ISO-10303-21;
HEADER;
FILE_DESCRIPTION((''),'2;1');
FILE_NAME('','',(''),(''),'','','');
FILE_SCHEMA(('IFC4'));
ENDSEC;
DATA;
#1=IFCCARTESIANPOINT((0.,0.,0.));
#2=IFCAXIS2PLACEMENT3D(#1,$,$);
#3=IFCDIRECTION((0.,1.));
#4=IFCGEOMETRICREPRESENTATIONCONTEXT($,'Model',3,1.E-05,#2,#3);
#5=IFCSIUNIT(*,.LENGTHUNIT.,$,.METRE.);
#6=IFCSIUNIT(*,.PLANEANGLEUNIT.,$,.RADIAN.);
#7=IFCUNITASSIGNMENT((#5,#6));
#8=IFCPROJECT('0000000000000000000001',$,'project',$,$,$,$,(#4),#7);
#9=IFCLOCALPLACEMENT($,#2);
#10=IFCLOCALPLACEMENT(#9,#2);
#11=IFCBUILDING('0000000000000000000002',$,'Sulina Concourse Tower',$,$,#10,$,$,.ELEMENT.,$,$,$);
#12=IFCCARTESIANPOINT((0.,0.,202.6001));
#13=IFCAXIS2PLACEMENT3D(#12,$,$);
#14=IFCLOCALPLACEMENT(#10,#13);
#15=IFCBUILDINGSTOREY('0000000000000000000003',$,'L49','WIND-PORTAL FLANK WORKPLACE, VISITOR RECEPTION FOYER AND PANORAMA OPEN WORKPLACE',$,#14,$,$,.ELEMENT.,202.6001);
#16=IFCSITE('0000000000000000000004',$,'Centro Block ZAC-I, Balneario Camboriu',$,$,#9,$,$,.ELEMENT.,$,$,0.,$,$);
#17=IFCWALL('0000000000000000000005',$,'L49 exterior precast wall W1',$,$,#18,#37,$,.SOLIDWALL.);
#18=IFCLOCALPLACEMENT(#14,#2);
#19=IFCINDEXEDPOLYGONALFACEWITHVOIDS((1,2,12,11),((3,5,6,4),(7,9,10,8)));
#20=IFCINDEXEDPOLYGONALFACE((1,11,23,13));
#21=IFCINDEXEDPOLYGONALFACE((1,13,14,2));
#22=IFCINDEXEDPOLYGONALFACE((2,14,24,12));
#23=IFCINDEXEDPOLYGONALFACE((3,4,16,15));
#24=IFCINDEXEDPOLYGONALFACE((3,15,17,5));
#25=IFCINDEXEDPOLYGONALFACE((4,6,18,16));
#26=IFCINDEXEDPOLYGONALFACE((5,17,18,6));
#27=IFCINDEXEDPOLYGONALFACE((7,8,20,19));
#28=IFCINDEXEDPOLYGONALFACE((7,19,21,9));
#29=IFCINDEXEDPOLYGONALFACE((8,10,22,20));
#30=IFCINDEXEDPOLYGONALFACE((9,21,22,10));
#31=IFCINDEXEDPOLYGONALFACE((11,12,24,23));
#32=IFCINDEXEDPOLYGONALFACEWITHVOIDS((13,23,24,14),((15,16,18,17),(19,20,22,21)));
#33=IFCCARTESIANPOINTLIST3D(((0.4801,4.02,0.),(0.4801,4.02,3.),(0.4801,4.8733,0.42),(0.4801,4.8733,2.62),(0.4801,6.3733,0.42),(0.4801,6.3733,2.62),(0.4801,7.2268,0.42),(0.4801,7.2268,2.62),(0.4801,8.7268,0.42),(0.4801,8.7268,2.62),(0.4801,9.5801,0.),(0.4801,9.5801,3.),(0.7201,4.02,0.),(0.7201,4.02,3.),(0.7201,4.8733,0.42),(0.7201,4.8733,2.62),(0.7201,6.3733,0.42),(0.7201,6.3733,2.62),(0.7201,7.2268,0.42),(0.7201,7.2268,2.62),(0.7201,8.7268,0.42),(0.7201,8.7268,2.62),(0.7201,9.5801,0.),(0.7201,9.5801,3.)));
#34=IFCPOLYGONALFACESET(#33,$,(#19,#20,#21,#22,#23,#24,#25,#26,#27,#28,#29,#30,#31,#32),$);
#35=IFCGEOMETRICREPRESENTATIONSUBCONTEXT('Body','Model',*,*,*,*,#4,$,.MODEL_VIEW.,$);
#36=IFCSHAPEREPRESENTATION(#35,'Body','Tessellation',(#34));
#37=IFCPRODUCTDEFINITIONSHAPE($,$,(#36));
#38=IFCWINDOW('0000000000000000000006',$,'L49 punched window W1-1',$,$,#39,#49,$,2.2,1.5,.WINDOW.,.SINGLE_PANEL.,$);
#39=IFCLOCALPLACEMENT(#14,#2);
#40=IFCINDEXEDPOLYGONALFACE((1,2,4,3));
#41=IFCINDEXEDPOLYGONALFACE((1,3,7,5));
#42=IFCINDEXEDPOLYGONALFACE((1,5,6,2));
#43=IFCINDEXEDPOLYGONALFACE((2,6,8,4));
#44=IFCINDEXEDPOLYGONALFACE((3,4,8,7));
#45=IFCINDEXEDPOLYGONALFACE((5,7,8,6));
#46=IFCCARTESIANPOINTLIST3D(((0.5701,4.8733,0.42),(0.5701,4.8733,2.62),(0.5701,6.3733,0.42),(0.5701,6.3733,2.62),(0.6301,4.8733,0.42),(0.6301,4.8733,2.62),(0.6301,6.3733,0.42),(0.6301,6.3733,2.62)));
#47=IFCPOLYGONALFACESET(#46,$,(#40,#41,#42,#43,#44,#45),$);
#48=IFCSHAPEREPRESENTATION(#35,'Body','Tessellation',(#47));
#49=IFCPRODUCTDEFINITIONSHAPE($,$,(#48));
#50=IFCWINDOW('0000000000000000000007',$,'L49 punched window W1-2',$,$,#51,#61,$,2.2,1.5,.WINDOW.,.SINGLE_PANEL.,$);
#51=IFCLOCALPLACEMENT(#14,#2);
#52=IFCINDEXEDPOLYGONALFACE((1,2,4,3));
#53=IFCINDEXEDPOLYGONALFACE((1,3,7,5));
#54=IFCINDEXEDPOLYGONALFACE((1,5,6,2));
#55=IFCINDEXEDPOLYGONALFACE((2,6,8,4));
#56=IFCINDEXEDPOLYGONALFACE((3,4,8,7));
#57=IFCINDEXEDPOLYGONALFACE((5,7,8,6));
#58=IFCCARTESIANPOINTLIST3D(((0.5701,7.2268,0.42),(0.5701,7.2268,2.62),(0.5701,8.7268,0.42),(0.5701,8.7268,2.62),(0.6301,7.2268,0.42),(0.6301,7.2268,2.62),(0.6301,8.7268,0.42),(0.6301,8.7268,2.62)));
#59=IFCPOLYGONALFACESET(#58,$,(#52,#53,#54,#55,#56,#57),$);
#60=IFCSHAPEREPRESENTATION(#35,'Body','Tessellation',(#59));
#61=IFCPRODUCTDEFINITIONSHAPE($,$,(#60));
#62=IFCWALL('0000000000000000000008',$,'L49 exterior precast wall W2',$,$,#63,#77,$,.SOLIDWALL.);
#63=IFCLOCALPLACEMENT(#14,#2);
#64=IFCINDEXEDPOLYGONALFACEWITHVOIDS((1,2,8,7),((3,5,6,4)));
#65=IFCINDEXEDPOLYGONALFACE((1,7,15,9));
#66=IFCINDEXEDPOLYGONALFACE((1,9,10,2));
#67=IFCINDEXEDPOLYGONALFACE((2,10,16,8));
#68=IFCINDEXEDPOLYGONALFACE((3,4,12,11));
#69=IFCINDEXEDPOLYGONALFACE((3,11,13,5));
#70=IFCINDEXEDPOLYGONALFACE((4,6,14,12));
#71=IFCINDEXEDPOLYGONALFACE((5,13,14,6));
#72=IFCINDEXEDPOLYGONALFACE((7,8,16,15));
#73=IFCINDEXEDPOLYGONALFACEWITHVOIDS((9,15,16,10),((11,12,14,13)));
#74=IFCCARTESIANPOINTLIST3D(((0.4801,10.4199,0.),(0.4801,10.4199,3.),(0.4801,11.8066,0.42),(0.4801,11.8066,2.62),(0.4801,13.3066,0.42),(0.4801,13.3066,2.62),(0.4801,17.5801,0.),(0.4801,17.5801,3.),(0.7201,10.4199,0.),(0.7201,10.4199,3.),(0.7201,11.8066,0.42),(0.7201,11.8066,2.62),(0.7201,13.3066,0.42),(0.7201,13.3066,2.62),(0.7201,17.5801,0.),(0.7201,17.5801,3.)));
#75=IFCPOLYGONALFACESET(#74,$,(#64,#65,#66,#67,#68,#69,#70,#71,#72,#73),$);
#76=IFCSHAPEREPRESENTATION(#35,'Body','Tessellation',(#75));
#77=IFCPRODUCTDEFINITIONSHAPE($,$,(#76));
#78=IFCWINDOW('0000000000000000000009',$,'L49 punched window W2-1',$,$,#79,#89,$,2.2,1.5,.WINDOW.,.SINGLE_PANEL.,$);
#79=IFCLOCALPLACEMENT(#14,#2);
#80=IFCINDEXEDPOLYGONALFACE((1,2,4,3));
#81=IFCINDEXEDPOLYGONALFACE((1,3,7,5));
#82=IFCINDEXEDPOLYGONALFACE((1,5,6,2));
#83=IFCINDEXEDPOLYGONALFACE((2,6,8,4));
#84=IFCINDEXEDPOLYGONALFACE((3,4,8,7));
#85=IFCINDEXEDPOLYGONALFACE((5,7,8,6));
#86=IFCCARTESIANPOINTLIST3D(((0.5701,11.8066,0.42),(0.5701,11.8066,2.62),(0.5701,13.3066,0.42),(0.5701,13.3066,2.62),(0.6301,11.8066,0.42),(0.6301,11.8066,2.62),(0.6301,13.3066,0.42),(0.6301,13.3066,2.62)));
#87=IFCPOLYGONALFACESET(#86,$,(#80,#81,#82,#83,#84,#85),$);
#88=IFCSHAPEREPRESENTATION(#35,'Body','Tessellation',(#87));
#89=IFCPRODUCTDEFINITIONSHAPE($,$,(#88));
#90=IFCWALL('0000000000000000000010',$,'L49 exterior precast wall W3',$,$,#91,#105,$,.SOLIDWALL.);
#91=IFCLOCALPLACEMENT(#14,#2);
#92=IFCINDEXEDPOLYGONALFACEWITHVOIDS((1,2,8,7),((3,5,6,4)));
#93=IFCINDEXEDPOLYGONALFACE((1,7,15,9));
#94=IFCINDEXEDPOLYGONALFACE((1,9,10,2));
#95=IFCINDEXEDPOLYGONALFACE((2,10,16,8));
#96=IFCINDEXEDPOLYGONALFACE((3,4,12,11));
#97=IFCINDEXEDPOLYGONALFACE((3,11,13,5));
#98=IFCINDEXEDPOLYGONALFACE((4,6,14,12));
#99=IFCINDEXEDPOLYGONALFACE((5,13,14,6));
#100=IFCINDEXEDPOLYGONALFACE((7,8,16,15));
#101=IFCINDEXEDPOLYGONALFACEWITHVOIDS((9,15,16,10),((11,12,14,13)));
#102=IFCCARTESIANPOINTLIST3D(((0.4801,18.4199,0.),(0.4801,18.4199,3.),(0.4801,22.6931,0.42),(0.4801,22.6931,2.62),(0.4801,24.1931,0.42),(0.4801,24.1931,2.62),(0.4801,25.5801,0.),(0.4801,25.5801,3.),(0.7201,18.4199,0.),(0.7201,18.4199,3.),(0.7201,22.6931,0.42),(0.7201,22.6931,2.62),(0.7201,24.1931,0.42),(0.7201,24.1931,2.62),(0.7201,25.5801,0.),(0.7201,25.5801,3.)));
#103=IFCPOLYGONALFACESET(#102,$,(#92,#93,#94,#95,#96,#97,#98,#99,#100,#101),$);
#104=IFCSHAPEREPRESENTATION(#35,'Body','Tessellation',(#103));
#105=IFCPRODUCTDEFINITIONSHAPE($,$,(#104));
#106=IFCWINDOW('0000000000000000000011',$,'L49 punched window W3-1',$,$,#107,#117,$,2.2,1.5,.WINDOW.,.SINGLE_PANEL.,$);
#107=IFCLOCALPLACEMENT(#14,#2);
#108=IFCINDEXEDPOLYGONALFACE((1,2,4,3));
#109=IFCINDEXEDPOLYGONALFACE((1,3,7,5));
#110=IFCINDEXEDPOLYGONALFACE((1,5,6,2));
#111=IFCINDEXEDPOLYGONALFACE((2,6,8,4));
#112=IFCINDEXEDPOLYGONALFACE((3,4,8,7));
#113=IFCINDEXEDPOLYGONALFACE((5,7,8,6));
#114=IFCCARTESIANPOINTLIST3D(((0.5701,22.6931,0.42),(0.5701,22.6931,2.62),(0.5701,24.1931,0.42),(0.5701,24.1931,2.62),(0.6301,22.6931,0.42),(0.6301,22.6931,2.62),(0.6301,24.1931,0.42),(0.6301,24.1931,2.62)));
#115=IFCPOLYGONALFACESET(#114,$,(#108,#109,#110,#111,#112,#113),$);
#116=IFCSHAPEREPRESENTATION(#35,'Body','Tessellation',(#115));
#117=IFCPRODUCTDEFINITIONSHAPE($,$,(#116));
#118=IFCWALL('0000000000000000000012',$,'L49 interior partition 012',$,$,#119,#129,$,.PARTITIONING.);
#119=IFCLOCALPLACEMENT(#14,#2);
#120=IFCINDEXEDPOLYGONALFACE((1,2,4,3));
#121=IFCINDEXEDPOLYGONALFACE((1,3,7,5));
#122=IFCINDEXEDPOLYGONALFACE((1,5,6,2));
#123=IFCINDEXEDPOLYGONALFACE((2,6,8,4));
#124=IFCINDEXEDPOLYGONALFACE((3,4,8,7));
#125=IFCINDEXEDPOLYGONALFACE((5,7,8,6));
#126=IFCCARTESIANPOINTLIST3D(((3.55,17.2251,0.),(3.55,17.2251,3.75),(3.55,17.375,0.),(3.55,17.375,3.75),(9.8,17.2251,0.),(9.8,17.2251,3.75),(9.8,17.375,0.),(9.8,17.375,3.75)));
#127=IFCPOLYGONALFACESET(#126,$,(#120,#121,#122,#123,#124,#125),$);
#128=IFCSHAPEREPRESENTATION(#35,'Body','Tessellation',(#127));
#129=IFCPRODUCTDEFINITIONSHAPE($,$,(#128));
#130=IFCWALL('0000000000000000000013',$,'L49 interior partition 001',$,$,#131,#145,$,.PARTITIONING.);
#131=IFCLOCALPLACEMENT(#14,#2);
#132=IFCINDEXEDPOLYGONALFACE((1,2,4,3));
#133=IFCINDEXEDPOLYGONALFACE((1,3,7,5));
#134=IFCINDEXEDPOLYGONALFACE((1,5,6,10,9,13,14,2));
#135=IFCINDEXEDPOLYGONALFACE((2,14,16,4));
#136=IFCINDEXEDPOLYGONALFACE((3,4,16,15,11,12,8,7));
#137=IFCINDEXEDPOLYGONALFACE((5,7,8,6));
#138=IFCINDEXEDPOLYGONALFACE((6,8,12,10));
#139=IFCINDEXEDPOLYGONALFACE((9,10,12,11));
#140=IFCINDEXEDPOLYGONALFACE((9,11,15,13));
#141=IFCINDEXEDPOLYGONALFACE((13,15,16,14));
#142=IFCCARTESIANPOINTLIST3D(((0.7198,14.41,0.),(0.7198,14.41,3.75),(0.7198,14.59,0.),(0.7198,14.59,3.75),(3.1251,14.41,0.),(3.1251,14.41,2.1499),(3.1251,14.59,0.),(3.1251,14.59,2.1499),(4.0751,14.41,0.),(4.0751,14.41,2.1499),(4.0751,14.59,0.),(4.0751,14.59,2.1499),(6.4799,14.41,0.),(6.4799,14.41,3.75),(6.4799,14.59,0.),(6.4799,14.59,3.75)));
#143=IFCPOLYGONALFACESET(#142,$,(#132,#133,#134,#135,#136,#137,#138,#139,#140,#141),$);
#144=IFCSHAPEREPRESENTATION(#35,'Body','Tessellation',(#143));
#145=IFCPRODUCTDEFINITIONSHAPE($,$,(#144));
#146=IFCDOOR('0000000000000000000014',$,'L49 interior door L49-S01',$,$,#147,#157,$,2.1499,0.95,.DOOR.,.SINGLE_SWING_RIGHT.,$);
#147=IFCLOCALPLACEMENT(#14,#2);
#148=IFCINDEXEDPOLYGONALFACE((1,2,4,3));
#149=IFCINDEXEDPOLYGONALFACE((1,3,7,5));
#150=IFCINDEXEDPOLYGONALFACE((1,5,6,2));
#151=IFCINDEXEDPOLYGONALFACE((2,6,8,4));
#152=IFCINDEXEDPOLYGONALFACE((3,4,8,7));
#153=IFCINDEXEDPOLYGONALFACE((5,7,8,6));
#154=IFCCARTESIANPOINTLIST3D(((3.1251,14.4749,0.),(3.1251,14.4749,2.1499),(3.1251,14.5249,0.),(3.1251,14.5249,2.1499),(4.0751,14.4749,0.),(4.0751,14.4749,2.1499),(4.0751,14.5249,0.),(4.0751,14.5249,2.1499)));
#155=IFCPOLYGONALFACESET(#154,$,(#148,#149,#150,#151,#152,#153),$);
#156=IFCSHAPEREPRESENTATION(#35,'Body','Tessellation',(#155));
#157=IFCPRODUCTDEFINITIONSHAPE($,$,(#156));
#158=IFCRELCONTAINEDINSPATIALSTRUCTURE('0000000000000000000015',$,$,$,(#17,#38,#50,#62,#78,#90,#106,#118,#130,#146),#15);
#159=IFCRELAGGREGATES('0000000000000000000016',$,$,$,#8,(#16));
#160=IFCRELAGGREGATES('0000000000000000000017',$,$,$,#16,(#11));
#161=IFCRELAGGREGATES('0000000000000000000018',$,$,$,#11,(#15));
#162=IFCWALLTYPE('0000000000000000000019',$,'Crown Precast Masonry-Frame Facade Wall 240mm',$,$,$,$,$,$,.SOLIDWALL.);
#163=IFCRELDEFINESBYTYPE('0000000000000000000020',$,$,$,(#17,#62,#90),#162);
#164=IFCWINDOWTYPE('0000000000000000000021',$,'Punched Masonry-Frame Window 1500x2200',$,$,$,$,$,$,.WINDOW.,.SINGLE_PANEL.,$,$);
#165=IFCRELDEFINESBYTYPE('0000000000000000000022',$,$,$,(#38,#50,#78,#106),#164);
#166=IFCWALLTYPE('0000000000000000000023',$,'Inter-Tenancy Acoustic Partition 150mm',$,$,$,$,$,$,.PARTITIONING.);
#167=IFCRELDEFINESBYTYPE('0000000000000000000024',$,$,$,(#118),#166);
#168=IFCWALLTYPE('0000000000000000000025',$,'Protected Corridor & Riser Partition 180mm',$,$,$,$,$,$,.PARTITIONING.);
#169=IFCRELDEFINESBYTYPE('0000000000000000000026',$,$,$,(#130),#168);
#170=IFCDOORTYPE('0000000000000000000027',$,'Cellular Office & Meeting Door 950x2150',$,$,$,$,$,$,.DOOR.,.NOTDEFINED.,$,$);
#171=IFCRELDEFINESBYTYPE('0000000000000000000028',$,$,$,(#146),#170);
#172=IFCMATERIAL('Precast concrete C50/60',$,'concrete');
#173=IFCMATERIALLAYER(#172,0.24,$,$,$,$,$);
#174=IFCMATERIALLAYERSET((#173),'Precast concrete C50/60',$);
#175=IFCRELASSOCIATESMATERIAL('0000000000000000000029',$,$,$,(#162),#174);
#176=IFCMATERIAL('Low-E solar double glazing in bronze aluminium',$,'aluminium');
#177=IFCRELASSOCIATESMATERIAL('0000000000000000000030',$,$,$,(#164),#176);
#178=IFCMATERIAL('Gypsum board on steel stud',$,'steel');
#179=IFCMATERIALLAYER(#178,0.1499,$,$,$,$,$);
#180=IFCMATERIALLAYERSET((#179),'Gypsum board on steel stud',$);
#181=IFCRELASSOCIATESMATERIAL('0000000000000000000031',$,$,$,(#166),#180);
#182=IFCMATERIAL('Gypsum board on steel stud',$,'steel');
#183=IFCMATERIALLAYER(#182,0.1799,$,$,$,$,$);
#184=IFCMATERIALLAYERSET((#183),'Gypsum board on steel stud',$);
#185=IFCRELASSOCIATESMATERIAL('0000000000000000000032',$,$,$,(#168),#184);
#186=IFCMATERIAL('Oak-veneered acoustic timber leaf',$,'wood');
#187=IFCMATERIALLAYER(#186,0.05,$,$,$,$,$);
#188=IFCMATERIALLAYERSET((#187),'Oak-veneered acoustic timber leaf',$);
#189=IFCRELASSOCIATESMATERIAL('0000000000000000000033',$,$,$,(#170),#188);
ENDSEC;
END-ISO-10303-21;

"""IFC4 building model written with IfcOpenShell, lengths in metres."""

from ifc_helpers import new_model, si_unit, direction, frame, frame_2d, origin, place, context, subcontext, project, spatial, rectangle, extrude, material, layer, layer_set, type_object, element, fill, save


model = new_model("IFC4")

# Units and contexts
model_context = context("Model", 3, precision=1e-05, world=origin(), true_north=direction((0.0, 1.0)))
body_context = subcontext(model_context, "Body", "Model", "MODEL_VIEW")
ifc_project = project(units=[si_unit("LENGTHUNIT", "METRE"), si_unit("PLANEANGLEUNIT", "RADIAN")], contexts=[model_context])

# Site, building, storey
site_placement = place(None, origin())
site = spatial("IfcSite", under=ifc_project, at=site_placement, Name="Centro Block ZAC-I, Balneario Camboriu", CompositionType="ELEMENT", RefElevation=0.0)
building_placement = place(site_placement, origin())
building = spatial("IfcBuilding", under=site, at=building_placement, Name="Sulina Concourse Tower", CompositionType="ELEMENT")
storey_placement = place(building_placement, frame((0.0, 0.0, 202.6001)))
storey = spatial("IfcBuildingStorey", under=building, at=storey_placement, Name="L49", Description="WIND-PORTAL FLANK WORKPLACE, VISITOR RECEPTION FOYER AND PANORAMA OPEN WORKPLACE", CompositionType="ELEMENT", Elevation=202.6001)

# Wall, openings, windows
ifc_material_1 = material(Name="Precast concrete C50/60", Category="concrete")
ifc_layer_1 = layer(ifc_material_1, 0.24)
ifc_layer_set_1 = layer_set([ifc_layer_1], Name="Precast concrete C50/60")
wall_type_1 = type_object("IfcWallType", Name="Crown Precast Masonry-Frame Facade Wall 240mm", PredefinedType="SOLIDWALL", material=ifc_layer_set_1)
wall_1_placement = place(storey_placement, frame((0.6001, 4.02, 0.0), z_axis=(0.0, 0.0, 1.0), x_axis=(0.0, 1.0, 0.0)))
wall_1 = element("IfcWall", 1, at=wall_1_placement, inside=storey, type_object=wall_type_1, Name="L49 exterior precast wall W1", PredefinedType="SOLIDWALL", context=body_context, shape_type="SweptSolid", body=[
    extrude(rectangle(XDim=5.5601, YDim=0.24, at=frame_2d((2.78, 0.0))), origin(), (0.0, 0.0, 1.0), 3.0),
])
opening_1_placement = place(wall_1_placement, frame((0.8533, 0.0, 0.4199)))
opening_1 = element("IfcOpeningElement", 2, at=opening_1_placement, cuts=wall_1, PredefinedType="OPENING", context=body_context, shape_type="SweptSolid", body=[
    extrude(rectangle(XDim=1.5, YDim=2.2, at=frame_2d((0.75, 1.1001))), frame((0.0, 0.1299, 0.0), z_axis=(0.0, -1.0, 0.0), x_axis=(1.0, 0.0, 0.0)), (0.0, 0.0, 1.0), 0.26),
])
opening_2_placement = place(wall_1_placement, frame((3.2068, 0.0, 0.4199)))
opening_2 = element("IfcOpeningElement", 3, at=opening_2_placement, cuts=wall_1, PredefinedType="OPENING", context=body_context, shape_type="SweptSolid", body=[
    extrude(rectangle(XDim=1.5, YDim=2.2, at=frame_2d((0.75, 1.1001))), frame((0.0, 0.1299, 0.0), z_axis=(0.0, -1.0, 0.0), x_axis=(1.0, 0.0, 0.0)), (0.0, 0.0, 1.0), 0.26),
])
ifc_material_2 = material(Name="Low-E solar double glazing in bronze aluminium", Category="aluminium")
window_type = type_object("IfcWindowType", Name="Punched Masonry-Frame Window 1500x2200", PartitioningType="SINGLE_PANEL", PredefinedType="WINDOW", material=ifc_material_2)
window_1_placement = place(opening_1_placement, origin())
window_1 = element("IfcWindow", 4, at=window_1_placement, inside=storey, type_object=window_type, Name="L49 punched window W1-1", OverallHeight=2.2, OverallWidth=1.5, PartitioningType="SINGLE_PANEL", PredefinedType="WINDOW", context=body_context, shape_type="SweptSolid", body=[
    extrude(rectangle(XDim=1.5, YDim=2.2, at=frame_2d((0.75, 1.1001))), frame((0.0, 0.03, 0.0), z_axis=(0.0, -1.0, 0.0), x_axis=(1.0, 0.0, 0.0)), (0.0, 0.0, 1.0), 0.0601),
])
fill(opening_1, window_1)
window_2_placement = place(opening_2_placement, origin())
window_2 = element("IfcWindow", 5, at=window_2_placement, inside=storey, type_object=window_type, Name="L49 punched window W1-2", OverallHeight=2.2, OverallWidth=1.5, PartitioningType="SINGLE_PANEL", PredefinedType="WINDOW", context=body_context, shape_type="SweptSolid", body=[
    extrude(rectangle(XDim=1.5, YDim=2.2, at=frame_2d((0.75, 1.1001))), frame((0.0, 0.03, 0.0), z_axis=(0.0, -1.0, 0.0), x_axis=(1.0, 0.0, 0.0)), (0.0, 0.0, 1.0), 0.0601),
])
fill(opening_2, window_2)

# Walls, openings, windows
wall_2_placement = place(storey_placement, frame((0.6001, 10.4199, 0.0), z_axis=(0.0, 0.0, 1.0), x_axis=(0.0, 1.0, 0.0)))
wall_2 = element("IfcWall", 6, at=wall_2_placement, inside=storey, type_object=wall_type_1, Name="L49 exterior precast wall W2", PredefinedType="SOLIDWALL", context=body_context, shape_type="SweptSolid", body=[
    extrude(rectangle(XDim=7.1602, YDim=0.24, at=frame_2d((3.5801, 0.0))), origin(), (0.0, 0.0, 1.0), 3.0),
])
opening_3_placement = place(wall_2_placement, frame((1.3867, 0.0, 0.4199)))
opening_3 = element("IfcOpeningElement", 7, at=opening_3_placement, cuts=wall_2, PredefinedType="OPENING", context=body_context, shape_type="SweptSolid", body=[
    extrude(rectangle(XDim=1.5, YDim=2.2, at=frame_2d((0.75, 1.1001))), frame((0.0, 0.1299, 0.0), z_axis=(0.0, -1.0, 0.0), x_axis=(1.0, 0.0, 0.0)), (0.0, 0.0, 1.0), 0.26),
])
window_3_placement = place(opening_3_placement, origin())
window_3 = element("IfcWindow", 8, at=window_3_placement, inside=storey, type_object=window_type, Name="L49 punched window W2-1", OverallHeight=2.2, OverallWidth=1.5, PartitioningType="SINGLE_PANEL", PredefinedType="WINDOW", context=body_context, shape_type="SweptSolid", body=[
    extrude(rectangle(XDim=1.5, YDim=2.2, at=frame_2d((0.75, 1.1001))), frame((0.0, 0.03, 0.0), z_axis=(0.0, -1.0, 0.0), x_axis=(1.0, 0.0, 0.0)), (0.0, 0.0, 1.0), 0.0601),
])
fill(opening_3, window_3)
wall_3_placement = place(storey_placement, frame((0.6001, 18.4199, 0.0), z_axis=(0.0, 0.0, 1.0), x_axis=(0.0, 1.0, 0.0)))
wall_3 = element("IfcWall", 9, at=wall_3_placement, inside=storey, type_object=wall_type_1, Name="L49 exterior precast wall W3", PredefinedType="SOLIDWALL", context=body_context, shape_type="SweptSolid", body=[
    extrude(rectangle(XDim=7.1602, YDim=0.24, at=frame_2d((3.5801, 0.0))), origin(), (0.0, 0.0, 1.0), 3.0),
])
opening_4_placement = place(wall_3_placement, frame((4.2732, 0.0, 0.4199)))
opening_4 = element("IfcOpeningElement", 10, at=opening_4_placement, cuts=wall_3, PredefinedType="OPENING", context=body_context, shape_type="SweptSolid", body=[
    extrude(rectangle(XDim=1.5, YDim=2.2, at=frame_2d((0.75, 1.1001))), frame((0.0, 0.1299, 0.0), z_axis=(0.0, -1.0, 0.0), x_axis=(1.0, 0.0, 0.0)), (0.0, 0.0, 1.0), 0.26),
])
window_4_placement = place(opening_4_placement, origin())
window_4 = element("IfcWindow", 11, at=window_4_placement, inside=storey, type_object=window_type, Name="L49 punched window W3-1", OverallHeight=2.2, OverallWidth=1.5, PartitioningType="SINGLE_PANEL", PredefinedType="WINDOW", context=body_context, shape_type="SweptSolid", body=[
    extrude(rectangle(XDim=1.5, YDim=2.2, at=frame_2d((0.75, 1.1001))), frame((0.0, 0.03, 0.0), z_axis=(0.0, -1.0, 0.0), x_axis=(1.0, 0.0, 0.0)), (0.0, 0.0, 1.0), 0.0601),
])
fill(opening_4, window_4)

# Wall
ifc_material_3 = material(Name="Gypsum board on steel stud", Category="steel")
ifc_layer_2 = layer(ifc_material_3, 0.1499)
ifc_layer_set_2 = layer_set([ifc_layer_2], Name="Gypsum board on steel stud")
wall_type_2 = type_object("IfcWallType", Name="Inter-Tenancy Acoustic Partition 150mm", PredefinedType="PARTITIONING", material=ifc_layer_set_2)
wall_4_placement = place(storey_placement, frame((3.55, 17.3, 0.0), z_axis=(0.0, 0.0, 1.0), x_axis=(1.0, 0.0, 0.0)))
element("IfcWall", 12, at=wall_4_placement, inside=storey, type_object=wall_type_2, Name="L49 interior partition 012", PredefinedType="PARTITIONING", context=body_context, shape_type="SweptSolid", body=[
    extrude(rectangle(XDim=6.25, YDim=0.1499, at=frame_2d((3.125, 0.0))), origin(), (0.0, 0.0, 1.0), 3.75),
])

# Wall, opening, door
ifc_material_4 = material(Name="Gypsum board on steel stud", Category="steel")
ifc_layer_3 = layer(ifc_material_4, 0.1799)
ifc_layer_set_3 = layer_set([ifc_layer_3], Name="Gypsum board on steel stud")
wall_type_3 = type_object("IfcWallType", Name="Protected Corridor & Riser Partition 180mm", PredefinedType="PARTITIONING", material=ifc_layer_set_3)
wall_5_placement = place(storey_placement, frame((0.72, 14.5, 0.0), z_axis=(0.0, 0.0, 1.0), x_axis=(1.0, 0.0, 0.0)))
wall_5 = element("IfcWall", 13, at=wall_5_placement, inside=storey, type_object=wall_type_3, Name="L49 interior partition 001", PredefinedType="PARTITIONING", context=body_context, shape_type="SweptSolid", body=[
    extrude(rectangle(XDim=5.76, YDim=0.1799, at=frame_2d((2.8799, 0.0))), origin(), (0.0, 0.0, 1.0), 3.75),
])
opening_5_placement = place(wall_5_placement, frame((2.405, 0.0, 0.0)))
opening_5 = element("IfcOpeningElement", 14, at=opening_5_placement, cuts=wall_5, PredefinedType="OPENING", context=body_context, shape_type="SweptSolid", body=[
    extrude(rectangle(XDim=0.95, YDim=2.1499, at=frame_2d((0.4751, 1.075))), frame((0.0, 0.0999, 0.0), z_axis=(0.0, -1.0, 0.0), x_axis=(1.0, 0.0, 0.0)), (0.0, 0.0, 1.0), 0.2),
])
ifc_material_5 = material(Name="Oak-veneered acoustic timber leaf", Category="wood")
ifc_layer_4 = layer(ifc_material_5, 0.05)
ifc_layer_set_4 = layer_set([ifc_layer_4], Name="Oak-veneered acoustic timber leaf")
door_type_1 = type_object("IfcDoorType", Name="Cellular Office & Meeting Door 950x2150", OperationType="NOTDEFINED", PredefinedType="DOOR", material=ifc_layer_set_4)
door_1_placement = place(opening_5_placement, origin())
door_1 = element("IfcDoor", 15, at=door_1_placement, inside=storey, type_object=door_type_1, Name="L49 interior door L49-S01", OperationType="SINGLE_SWING_RIGHT", OverallHeight=2.1499, OverallWidth=0.95, PredefinedType="DOOR", context=body_context, shape_type="SweptSolid", body=[
    extrude(rectangle(XDim=0.95, YDim=2.1499, at=frame_2d((0.4751, 1.075))), frame((0.0, 0.0249, 0.0), z_axis=(0.0, -1.0, 0.0), x_axis=(1.0, 0.0, 0.0)), (0.0, 0.0, 1.0), 0.05),
])
fill(opening_5, door_1)

save(model, "model.ifc")
